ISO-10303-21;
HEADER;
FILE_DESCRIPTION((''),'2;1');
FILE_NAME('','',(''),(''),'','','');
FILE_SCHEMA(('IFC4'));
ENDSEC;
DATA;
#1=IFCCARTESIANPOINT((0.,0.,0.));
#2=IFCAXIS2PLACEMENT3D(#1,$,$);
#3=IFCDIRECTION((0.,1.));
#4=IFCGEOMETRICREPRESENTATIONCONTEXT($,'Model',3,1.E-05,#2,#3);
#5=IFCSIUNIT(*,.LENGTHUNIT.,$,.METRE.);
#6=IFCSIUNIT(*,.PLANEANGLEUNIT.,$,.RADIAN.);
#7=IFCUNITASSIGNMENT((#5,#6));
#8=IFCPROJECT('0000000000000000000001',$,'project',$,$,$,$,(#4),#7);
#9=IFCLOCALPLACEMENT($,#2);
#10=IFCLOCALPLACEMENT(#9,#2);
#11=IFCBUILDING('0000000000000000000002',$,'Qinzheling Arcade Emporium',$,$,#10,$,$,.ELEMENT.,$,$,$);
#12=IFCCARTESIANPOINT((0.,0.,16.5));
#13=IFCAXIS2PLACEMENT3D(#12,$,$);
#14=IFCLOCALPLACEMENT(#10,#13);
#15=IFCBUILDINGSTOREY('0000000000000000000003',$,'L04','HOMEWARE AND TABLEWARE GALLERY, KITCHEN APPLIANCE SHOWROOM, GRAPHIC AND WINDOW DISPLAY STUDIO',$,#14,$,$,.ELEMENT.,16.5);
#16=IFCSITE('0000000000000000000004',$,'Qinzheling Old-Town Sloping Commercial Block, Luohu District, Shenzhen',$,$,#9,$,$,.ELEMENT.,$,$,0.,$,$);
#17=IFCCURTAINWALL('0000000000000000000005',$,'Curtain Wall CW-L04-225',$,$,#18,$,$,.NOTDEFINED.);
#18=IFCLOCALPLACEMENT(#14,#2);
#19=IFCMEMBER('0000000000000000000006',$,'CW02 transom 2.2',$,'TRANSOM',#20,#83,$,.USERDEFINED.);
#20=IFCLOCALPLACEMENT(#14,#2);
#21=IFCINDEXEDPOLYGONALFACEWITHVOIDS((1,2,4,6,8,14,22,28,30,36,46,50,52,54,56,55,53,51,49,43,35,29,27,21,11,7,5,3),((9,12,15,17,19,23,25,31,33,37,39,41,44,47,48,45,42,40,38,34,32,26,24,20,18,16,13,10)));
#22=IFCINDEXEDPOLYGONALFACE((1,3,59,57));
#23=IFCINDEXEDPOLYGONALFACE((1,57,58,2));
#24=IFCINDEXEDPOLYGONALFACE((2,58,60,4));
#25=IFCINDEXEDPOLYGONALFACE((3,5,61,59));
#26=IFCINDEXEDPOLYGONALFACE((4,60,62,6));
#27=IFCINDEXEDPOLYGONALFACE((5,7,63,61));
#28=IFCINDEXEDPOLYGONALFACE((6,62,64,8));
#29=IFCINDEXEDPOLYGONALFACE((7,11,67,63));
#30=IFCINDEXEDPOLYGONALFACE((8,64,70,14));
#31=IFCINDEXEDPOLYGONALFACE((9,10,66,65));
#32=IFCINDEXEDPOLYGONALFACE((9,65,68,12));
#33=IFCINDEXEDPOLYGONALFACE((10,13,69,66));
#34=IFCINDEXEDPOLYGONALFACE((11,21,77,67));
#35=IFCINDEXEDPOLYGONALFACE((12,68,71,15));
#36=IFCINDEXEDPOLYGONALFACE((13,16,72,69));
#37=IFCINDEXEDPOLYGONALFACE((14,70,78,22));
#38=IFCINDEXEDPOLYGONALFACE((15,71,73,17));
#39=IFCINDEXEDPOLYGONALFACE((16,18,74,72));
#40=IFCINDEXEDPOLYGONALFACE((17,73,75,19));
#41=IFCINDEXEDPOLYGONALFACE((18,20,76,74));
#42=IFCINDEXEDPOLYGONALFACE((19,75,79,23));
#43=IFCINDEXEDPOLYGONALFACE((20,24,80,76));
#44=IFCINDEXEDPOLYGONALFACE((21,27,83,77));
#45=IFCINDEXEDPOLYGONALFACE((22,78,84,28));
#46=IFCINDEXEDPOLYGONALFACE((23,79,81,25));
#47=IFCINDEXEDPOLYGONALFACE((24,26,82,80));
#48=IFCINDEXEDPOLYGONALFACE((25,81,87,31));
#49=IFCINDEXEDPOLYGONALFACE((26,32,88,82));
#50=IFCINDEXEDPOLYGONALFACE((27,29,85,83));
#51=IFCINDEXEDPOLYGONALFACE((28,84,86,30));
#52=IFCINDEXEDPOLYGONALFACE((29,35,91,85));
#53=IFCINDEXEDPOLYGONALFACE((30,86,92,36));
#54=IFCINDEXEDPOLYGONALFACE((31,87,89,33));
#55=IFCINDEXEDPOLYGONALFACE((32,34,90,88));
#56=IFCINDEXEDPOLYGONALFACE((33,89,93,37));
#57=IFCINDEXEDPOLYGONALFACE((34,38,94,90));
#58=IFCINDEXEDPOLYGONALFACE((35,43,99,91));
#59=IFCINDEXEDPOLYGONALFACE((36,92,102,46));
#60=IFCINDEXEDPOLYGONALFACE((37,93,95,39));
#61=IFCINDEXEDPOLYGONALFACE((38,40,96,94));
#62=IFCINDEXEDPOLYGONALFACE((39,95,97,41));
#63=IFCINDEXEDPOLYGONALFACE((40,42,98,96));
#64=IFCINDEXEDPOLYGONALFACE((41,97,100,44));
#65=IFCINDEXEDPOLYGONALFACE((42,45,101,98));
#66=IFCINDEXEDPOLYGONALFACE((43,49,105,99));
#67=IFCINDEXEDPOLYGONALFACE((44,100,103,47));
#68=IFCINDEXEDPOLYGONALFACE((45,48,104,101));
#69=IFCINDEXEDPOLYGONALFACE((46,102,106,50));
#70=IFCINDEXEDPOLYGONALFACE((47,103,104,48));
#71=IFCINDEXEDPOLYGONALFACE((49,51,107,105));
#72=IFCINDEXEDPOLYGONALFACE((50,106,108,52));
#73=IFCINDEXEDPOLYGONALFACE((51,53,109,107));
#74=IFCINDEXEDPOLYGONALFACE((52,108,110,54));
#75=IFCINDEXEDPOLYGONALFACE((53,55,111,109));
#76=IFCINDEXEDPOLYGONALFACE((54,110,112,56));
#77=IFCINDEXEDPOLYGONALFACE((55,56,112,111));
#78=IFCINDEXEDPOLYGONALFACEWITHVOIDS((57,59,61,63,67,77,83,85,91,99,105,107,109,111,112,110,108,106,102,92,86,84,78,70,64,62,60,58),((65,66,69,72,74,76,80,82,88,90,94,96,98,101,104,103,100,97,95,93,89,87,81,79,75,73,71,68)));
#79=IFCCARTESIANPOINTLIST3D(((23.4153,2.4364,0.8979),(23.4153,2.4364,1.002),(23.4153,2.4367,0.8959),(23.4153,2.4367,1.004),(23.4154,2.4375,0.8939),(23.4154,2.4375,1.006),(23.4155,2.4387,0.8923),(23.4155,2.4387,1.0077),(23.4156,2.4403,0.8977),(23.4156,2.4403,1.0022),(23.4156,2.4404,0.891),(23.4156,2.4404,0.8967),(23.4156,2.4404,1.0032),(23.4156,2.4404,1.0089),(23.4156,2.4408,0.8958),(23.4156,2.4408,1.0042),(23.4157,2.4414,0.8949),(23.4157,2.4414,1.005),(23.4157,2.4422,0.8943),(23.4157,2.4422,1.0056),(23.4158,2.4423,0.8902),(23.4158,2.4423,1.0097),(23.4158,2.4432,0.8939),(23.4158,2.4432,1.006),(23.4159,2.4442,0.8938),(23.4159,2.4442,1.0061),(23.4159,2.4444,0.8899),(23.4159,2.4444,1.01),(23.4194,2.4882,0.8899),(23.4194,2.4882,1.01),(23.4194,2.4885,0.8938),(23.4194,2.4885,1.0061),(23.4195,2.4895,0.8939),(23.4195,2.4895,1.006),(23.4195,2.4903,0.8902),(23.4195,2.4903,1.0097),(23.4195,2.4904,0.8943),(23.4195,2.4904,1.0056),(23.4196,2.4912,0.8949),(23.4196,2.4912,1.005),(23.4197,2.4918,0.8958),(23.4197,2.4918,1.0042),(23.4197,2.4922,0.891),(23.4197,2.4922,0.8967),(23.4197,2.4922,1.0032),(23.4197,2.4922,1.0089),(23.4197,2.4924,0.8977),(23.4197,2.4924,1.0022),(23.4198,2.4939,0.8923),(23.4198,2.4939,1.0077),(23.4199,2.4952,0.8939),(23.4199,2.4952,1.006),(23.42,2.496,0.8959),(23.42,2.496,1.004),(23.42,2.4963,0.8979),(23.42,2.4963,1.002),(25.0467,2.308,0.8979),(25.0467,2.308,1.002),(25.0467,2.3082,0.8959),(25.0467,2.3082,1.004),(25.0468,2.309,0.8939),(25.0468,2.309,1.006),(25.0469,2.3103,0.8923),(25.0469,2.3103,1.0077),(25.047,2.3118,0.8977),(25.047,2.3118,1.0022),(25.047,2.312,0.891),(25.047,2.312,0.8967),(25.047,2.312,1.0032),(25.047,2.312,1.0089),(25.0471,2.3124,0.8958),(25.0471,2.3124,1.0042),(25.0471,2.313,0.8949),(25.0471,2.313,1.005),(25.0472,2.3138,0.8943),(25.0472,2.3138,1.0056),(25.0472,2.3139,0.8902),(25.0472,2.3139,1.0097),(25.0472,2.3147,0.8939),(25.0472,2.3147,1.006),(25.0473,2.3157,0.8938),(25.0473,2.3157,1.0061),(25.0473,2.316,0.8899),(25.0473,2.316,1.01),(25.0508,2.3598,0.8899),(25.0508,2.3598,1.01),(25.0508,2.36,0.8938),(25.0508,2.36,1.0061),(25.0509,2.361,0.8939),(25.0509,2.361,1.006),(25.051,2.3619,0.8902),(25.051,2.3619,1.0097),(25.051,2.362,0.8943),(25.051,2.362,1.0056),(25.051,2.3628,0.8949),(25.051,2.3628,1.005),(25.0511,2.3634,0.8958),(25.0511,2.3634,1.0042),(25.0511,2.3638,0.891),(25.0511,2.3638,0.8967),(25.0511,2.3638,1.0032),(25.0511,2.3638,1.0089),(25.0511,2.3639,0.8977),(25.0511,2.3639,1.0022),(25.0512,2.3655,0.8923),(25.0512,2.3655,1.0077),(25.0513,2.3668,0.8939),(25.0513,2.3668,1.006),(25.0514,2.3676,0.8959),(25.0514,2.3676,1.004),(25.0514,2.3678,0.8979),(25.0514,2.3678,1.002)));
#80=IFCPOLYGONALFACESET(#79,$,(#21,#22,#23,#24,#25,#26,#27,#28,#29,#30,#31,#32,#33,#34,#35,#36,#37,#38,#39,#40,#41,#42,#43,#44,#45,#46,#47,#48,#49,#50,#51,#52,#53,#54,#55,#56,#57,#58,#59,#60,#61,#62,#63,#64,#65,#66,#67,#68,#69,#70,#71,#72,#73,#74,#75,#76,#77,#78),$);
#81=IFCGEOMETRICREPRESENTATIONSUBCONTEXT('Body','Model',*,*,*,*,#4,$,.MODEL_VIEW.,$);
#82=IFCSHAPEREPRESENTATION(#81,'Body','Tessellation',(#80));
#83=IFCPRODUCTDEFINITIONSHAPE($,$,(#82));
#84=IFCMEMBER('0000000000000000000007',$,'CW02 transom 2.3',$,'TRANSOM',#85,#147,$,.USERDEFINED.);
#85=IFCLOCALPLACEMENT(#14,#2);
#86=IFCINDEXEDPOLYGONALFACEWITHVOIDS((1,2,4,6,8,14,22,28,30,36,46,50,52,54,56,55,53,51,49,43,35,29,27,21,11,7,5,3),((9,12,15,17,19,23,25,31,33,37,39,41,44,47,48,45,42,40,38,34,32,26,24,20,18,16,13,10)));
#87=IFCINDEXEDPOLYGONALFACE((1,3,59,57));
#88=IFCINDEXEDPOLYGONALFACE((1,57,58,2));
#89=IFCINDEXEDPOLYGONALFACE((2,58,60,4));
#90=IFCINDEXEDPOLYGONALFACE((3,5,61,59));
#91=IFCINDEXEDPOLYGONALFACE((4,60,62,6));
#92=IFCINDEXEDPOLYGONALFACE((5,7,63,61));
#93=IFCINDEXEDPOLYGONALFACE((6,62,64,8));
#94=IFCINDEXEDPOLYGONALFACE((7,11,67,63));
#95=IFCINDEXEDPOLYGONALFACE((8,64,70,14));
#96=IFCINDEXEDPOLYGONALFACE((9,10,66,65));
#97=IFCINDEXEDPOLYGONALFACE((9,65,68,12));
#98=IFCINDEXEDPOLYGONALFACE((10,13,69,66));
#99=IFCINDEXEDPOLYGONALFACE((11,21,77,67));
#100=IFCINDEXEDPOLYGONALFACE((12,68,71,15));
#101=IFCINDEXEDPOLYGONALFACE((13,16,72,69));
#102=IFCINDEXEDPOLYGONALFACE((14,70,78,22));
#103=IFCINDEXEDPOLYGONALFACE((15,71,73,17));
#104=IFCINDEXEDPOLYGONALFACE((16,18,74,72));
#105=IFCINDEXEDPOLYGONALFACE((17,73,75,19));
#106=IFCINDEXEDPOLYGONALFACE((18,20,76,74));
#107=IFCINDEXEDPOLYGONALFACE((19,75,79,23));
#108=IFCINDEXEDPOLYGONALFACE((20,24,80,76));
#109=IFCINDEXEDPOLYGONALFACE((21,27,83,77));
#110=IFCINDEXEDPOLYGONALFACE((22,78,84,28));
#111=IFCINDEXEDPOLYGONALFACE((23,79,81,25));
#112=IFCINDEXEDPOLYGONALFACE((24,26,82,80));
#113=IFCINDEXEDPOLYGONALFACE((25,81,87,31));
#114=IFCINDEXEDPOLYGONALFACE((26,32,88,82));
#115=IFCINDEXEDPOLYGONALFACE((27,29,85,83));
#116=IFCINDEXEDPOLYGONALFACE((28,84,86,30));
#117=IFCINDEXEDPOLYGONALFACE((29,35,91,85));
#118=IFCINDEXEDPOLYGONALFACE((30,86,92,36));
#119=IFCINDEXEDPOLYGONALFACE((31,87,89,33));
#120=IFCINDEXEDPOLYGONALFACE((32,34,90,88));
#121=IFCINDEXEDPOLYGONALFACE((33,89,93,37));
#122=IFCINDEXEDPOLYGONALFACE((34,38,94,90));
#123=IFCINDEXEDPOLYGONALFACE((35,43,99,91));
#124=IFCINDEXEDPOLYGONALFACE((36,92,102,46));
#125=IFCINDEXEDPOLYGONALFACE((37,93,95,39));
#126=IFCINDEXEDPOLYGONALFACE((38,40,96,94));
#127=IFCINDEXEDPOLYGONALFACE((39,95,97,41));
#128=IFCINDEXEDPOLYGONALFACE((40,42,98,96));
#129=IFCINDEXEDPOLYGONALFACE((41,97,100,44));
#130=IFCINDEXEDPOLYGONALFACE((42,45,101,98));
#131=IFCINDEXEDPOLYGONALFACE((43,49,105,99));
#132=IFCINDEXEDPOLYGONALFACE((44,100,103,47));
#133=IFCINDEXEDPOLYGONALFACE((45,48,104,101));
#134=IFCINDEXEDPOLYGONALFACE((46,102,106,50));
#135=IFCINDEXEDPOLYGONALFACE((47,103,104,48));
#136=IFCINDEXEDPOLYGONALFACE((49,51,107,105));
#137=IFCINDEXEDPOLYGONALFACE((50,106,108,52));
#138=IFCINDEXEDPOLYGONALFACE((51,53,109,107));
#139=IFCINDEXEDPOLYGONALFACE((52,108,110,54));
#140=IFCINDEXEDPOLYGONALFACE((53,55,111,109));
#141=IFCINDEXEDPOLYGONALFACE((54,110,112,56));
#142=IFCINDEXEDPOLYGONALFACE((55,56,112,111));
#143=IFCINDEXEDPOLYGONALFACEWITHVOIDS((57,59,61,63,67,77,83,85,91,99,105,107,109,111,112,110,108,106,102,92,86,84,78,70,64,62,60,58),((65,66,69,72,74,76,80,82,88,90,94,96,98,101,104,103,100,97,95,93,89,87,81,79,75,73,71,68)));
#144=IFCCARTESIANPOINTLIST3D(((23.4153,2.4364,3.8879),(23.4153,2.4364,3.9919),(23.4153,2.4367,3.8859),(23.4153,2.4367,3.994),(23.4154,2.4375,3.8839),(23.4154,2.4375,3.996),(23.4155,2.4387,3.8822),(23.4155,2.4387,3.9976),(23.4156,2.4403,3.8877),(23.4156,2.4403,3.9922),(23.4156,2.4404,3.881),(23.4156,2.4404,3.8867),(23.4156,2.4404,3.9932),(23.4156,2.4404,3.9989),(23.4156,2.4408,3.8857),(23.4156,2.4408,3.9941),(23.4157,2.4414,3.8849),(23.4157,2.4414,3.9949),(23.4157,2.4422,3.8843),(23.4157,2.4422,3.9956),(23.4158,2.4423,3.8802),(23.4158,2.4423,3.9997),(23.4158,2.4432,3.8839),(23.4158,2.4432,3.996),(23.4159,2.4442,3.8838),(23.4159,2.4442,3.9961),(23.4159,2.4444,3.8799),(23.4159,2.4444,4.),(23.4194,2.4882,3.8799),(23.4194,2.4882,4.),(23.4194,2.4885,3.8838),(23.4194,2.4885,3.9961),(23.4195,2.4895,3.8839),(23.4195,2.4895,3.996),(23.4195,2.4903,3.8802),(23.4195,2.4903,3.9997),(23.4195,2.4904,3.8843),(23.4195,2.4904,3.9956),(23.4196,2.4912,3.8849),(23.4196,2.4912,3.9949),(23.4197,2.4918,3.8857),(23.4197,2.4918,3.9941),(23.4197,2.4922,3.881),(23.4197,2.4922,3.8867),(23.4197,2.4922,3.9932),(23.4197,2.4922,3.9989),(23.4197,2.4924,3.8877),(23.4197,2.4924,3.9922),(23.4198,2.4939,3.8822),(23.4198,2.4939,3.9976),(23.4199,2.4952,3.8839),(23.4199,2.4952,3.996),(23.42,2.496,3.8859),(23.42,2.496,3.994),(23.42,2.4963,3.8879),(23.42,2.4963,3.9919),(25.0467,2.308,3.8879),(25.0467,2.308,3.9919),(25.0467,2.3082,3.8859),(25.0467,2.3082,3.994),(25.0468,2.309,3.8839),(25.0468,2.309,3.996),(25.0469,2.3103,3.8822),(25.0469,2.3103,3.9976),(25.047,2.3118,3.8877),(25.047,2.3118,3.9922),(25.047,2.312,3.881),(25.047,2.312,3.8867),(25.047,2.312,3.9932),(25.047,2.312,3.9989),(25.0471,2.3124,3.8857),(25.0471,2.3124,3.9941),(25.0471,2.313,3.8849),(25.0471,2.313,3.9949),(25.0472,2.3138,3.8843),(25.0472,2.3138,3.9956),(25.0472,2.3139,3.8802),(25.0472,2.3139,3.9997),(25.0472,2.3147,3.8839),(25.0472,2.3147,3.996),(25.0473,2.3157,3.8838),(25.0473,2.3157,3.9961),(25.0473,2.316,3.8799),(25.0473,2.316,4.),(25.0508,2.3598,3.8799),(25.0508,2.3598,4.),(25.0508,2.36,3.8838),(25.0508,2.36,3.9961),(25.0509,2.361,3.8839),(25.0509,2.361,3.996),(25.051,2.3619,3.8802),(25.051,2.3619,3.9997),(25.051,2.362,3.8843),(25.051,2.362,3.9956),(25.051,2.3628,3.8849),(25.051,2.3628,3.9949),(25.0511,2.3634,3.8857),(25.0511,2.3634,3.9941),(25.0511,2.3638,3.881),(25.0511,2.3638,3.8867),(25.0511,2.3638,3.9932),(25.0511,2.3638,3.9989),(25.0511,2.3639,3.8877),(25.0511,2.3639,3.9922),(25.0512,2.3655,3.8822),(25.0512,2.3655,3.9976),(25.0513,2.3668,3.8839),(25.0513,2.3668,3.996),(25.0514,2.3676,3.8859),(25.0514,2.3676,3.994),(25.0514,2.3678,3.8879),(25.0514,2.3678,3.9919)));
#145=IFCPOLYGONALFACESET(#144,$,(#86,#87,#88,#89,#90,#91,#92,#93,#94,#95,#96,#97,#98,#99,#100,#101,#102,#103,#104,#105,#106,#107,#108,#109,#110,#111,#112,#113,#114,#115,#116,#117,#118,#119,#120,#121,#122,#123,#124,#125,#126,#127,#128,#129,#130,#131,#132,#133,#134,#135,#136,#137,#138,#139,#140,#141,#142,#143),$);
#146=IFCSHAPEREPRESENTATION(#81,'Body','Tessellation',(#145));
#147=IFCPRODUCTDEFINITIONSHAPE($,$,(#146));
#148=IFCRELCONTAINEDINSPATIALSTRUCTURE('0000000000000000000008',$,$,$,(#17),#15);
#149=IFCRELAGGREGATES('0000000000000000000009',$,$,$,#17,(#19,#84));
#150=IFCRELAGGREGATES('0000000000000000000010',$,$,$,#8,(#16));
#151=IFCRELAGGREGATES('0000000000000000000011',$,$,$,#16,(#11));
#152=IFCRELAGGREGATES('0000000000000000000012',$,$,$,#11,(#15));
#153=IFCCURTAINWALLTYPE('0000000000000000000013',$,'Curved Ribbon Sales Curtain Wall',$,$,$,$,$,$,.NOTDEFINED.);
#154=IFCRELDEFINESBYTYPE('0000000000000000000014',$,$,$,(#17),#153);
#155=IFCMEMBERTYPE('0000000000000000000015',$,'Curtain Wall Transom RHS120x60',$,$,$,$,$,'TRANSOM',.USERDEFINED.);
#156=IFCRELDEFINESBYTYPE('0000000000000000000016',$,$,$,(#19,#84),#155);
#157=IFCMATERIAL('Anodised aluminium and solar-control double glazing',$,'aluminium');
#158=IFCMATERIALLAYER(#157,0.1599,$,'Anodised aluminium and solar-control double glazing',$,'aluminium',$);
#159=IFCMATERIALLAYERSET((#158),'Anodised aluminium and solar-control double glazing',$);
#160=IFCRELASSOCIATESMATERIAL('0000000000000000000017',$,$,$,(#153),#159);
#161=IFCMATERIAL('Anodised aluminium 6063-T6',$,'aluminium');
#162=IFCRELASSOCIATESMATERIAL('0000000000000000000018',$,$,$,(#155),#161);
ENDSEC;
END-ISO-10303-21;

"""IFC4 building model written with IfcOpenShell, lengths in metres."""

from ifc_helpers import new_model, si_unit, direction, frame, origin, origin_2d, place, context, subcontext, project, spatial, hollow_rectangle, extrude, material, layer, layer_set, material_profile, profile_set, type_object, element, aggregate, save


model = new_model("IFC4")

# Units and contexts
model_context = context("Model", 3, precision=1e-05, world=origin(), true_north=direction((0.0, 1.0)))
body_context = subcontext(model_context, "Body", "Model", "MODEL_VIEW")
ifc_project = project(units=[si_unit("LENGTHUNIT", "METRE"), si_unit("PLANEANGLEUNIT", "RADIAN")], contexts=[model_context])

# Site, building, storey
site_placement = place(None, origin())
site = spatial("IfcSite", under=ifc_project, at=site_placement, Name="Qinzheling Old-Town Sloping Commercial Block, Luohu District, Shenzhen", CompositionType="ELEMENT", RefElevation=0.0)
building_placement = place(site_placement, origin())
building = spatial("IfcBuilding", under=site, at=building_placement, Name="Qinzheling Arcade Emporium", CompositionType="ELEMENT")
storey_placement = place(building_placement, frame((0.0, 0.0, 16.5)))
storey = spatial("IfcBuildingStorey", under=building, at=storey_placement, Name="L04", Description="HOMEWARE AND TABLEWARE GALLERY, KITCHEN APPLIANCE SHOWROOM, GRAPHIC AND WINDOW DISPLAY STUDIO", CompositionType="ELEMENT", Elevation=16.5)

# Curtain wall
ifc_material_1 = material(Name="Anodised aluminium and solar-control double glazing", Category="aluminium")
ifc_layer_1 = layer(ifc_material_1, 0.1599, Name="Anodised aluminium and solar-control double glazing", Category="aluminium")
ifc_layer_set_1 = layer_set([ifc_layer_1], Name="Anodised aluminium and solar-control double glazing")
curtain_wall_type = type_object("IfcCurtainWallType", Name="Curved Ribbon Sales Curtain Wall", PredefinedType="NOTDEFINED", material=ifc_layer_set_1)
curtain_wall_1_placement = place(storey_placement, origin())
curtain_wall_1 = element("IfcCurtainWall", 1, at=curtain_wall_1_placement, inside=storey, type_object=curtain_wall_type, Name="Curtain Wall CW-L04-225", PredefinedType="NOTDEFINED")
ifc_material_2 = material(Name="Anodised aluminium 6063-T6", Category="aluminium")

# Members
ifc_material_profile_1 = material_profile(ifc_material_2, hollow_rectangle(XDim=0.0601, YDim=0.1201, WallThickness=0.0039, InnerFilletRadius=0.0039, OuterFilletRadius=0.0081, at=origin_2d()), Name="RHS 120x60x4", Category="aluminium")
ifc_profile_set_1 = profile_set([ifc_material_profile_1], Name="Anodised aluminium 6063-T6")
member_type_1 = type_object("IfcMemberType", Name="Curtain Wall Transom RHS120x60", ElementType="TRANSOM", PredefinedType="USERDEFINED", material=ifc_profile_set_1)
member_1_placement = place(storey_placement, frame((25.0491, 2.3379, 0.95), z_axis=(-0.996916, 0.078476, 0.0), x_axis=(-0.078476, -0.996916, 0.0)))
member_1 = element("IfcMember", 2, at=member_1_placement, type_object=member_type_1, Name="CW02 transom 2.2", ObjectType="TRANSOM", PredefinedType="USERDEFINED", context=body_context, shape_type="SweptSolid", body=[
    extrude(hollow_rectangle(XDim=0.0601, YDim=0.1201, WallThickness=0.0039, InnerFilletRadius=0.0039, OuterFilletRadius=0.0081, at=origin_2d()), origin(), (0.0, 0.0, 1.0), 1.6365),
])
member_2_placement = place(storey_placement, frame((25.0491, 2.3379, 3.9399), z_axis=(-0.996916, 0.078476, 0.0), x_axis=(-0.078476, -0.996916, 0.0)))
member_2 = element("IfcMember", 3, at=member_2_placement, type_object=member_type_1, Name="CW02 transom 2.3", ObjectType="TRANSOM", PredefinedType="USERDEFINED", context=body_context, shape_type="SweptSolid", body=[
    extrude(hollow_rectangle(XDim=0.0601, YDim=0.1201, WallThickness=0.0039, InnerFilletRadius=0.0039, OuterFilletRadius=0.0081, at=origin_2d()), origin(), (0.0, 0.0, 1.0), 1.6365),
])

aggregate(curtain_wall_1, [member_1, member_2])

save(model, "model.ifc")
